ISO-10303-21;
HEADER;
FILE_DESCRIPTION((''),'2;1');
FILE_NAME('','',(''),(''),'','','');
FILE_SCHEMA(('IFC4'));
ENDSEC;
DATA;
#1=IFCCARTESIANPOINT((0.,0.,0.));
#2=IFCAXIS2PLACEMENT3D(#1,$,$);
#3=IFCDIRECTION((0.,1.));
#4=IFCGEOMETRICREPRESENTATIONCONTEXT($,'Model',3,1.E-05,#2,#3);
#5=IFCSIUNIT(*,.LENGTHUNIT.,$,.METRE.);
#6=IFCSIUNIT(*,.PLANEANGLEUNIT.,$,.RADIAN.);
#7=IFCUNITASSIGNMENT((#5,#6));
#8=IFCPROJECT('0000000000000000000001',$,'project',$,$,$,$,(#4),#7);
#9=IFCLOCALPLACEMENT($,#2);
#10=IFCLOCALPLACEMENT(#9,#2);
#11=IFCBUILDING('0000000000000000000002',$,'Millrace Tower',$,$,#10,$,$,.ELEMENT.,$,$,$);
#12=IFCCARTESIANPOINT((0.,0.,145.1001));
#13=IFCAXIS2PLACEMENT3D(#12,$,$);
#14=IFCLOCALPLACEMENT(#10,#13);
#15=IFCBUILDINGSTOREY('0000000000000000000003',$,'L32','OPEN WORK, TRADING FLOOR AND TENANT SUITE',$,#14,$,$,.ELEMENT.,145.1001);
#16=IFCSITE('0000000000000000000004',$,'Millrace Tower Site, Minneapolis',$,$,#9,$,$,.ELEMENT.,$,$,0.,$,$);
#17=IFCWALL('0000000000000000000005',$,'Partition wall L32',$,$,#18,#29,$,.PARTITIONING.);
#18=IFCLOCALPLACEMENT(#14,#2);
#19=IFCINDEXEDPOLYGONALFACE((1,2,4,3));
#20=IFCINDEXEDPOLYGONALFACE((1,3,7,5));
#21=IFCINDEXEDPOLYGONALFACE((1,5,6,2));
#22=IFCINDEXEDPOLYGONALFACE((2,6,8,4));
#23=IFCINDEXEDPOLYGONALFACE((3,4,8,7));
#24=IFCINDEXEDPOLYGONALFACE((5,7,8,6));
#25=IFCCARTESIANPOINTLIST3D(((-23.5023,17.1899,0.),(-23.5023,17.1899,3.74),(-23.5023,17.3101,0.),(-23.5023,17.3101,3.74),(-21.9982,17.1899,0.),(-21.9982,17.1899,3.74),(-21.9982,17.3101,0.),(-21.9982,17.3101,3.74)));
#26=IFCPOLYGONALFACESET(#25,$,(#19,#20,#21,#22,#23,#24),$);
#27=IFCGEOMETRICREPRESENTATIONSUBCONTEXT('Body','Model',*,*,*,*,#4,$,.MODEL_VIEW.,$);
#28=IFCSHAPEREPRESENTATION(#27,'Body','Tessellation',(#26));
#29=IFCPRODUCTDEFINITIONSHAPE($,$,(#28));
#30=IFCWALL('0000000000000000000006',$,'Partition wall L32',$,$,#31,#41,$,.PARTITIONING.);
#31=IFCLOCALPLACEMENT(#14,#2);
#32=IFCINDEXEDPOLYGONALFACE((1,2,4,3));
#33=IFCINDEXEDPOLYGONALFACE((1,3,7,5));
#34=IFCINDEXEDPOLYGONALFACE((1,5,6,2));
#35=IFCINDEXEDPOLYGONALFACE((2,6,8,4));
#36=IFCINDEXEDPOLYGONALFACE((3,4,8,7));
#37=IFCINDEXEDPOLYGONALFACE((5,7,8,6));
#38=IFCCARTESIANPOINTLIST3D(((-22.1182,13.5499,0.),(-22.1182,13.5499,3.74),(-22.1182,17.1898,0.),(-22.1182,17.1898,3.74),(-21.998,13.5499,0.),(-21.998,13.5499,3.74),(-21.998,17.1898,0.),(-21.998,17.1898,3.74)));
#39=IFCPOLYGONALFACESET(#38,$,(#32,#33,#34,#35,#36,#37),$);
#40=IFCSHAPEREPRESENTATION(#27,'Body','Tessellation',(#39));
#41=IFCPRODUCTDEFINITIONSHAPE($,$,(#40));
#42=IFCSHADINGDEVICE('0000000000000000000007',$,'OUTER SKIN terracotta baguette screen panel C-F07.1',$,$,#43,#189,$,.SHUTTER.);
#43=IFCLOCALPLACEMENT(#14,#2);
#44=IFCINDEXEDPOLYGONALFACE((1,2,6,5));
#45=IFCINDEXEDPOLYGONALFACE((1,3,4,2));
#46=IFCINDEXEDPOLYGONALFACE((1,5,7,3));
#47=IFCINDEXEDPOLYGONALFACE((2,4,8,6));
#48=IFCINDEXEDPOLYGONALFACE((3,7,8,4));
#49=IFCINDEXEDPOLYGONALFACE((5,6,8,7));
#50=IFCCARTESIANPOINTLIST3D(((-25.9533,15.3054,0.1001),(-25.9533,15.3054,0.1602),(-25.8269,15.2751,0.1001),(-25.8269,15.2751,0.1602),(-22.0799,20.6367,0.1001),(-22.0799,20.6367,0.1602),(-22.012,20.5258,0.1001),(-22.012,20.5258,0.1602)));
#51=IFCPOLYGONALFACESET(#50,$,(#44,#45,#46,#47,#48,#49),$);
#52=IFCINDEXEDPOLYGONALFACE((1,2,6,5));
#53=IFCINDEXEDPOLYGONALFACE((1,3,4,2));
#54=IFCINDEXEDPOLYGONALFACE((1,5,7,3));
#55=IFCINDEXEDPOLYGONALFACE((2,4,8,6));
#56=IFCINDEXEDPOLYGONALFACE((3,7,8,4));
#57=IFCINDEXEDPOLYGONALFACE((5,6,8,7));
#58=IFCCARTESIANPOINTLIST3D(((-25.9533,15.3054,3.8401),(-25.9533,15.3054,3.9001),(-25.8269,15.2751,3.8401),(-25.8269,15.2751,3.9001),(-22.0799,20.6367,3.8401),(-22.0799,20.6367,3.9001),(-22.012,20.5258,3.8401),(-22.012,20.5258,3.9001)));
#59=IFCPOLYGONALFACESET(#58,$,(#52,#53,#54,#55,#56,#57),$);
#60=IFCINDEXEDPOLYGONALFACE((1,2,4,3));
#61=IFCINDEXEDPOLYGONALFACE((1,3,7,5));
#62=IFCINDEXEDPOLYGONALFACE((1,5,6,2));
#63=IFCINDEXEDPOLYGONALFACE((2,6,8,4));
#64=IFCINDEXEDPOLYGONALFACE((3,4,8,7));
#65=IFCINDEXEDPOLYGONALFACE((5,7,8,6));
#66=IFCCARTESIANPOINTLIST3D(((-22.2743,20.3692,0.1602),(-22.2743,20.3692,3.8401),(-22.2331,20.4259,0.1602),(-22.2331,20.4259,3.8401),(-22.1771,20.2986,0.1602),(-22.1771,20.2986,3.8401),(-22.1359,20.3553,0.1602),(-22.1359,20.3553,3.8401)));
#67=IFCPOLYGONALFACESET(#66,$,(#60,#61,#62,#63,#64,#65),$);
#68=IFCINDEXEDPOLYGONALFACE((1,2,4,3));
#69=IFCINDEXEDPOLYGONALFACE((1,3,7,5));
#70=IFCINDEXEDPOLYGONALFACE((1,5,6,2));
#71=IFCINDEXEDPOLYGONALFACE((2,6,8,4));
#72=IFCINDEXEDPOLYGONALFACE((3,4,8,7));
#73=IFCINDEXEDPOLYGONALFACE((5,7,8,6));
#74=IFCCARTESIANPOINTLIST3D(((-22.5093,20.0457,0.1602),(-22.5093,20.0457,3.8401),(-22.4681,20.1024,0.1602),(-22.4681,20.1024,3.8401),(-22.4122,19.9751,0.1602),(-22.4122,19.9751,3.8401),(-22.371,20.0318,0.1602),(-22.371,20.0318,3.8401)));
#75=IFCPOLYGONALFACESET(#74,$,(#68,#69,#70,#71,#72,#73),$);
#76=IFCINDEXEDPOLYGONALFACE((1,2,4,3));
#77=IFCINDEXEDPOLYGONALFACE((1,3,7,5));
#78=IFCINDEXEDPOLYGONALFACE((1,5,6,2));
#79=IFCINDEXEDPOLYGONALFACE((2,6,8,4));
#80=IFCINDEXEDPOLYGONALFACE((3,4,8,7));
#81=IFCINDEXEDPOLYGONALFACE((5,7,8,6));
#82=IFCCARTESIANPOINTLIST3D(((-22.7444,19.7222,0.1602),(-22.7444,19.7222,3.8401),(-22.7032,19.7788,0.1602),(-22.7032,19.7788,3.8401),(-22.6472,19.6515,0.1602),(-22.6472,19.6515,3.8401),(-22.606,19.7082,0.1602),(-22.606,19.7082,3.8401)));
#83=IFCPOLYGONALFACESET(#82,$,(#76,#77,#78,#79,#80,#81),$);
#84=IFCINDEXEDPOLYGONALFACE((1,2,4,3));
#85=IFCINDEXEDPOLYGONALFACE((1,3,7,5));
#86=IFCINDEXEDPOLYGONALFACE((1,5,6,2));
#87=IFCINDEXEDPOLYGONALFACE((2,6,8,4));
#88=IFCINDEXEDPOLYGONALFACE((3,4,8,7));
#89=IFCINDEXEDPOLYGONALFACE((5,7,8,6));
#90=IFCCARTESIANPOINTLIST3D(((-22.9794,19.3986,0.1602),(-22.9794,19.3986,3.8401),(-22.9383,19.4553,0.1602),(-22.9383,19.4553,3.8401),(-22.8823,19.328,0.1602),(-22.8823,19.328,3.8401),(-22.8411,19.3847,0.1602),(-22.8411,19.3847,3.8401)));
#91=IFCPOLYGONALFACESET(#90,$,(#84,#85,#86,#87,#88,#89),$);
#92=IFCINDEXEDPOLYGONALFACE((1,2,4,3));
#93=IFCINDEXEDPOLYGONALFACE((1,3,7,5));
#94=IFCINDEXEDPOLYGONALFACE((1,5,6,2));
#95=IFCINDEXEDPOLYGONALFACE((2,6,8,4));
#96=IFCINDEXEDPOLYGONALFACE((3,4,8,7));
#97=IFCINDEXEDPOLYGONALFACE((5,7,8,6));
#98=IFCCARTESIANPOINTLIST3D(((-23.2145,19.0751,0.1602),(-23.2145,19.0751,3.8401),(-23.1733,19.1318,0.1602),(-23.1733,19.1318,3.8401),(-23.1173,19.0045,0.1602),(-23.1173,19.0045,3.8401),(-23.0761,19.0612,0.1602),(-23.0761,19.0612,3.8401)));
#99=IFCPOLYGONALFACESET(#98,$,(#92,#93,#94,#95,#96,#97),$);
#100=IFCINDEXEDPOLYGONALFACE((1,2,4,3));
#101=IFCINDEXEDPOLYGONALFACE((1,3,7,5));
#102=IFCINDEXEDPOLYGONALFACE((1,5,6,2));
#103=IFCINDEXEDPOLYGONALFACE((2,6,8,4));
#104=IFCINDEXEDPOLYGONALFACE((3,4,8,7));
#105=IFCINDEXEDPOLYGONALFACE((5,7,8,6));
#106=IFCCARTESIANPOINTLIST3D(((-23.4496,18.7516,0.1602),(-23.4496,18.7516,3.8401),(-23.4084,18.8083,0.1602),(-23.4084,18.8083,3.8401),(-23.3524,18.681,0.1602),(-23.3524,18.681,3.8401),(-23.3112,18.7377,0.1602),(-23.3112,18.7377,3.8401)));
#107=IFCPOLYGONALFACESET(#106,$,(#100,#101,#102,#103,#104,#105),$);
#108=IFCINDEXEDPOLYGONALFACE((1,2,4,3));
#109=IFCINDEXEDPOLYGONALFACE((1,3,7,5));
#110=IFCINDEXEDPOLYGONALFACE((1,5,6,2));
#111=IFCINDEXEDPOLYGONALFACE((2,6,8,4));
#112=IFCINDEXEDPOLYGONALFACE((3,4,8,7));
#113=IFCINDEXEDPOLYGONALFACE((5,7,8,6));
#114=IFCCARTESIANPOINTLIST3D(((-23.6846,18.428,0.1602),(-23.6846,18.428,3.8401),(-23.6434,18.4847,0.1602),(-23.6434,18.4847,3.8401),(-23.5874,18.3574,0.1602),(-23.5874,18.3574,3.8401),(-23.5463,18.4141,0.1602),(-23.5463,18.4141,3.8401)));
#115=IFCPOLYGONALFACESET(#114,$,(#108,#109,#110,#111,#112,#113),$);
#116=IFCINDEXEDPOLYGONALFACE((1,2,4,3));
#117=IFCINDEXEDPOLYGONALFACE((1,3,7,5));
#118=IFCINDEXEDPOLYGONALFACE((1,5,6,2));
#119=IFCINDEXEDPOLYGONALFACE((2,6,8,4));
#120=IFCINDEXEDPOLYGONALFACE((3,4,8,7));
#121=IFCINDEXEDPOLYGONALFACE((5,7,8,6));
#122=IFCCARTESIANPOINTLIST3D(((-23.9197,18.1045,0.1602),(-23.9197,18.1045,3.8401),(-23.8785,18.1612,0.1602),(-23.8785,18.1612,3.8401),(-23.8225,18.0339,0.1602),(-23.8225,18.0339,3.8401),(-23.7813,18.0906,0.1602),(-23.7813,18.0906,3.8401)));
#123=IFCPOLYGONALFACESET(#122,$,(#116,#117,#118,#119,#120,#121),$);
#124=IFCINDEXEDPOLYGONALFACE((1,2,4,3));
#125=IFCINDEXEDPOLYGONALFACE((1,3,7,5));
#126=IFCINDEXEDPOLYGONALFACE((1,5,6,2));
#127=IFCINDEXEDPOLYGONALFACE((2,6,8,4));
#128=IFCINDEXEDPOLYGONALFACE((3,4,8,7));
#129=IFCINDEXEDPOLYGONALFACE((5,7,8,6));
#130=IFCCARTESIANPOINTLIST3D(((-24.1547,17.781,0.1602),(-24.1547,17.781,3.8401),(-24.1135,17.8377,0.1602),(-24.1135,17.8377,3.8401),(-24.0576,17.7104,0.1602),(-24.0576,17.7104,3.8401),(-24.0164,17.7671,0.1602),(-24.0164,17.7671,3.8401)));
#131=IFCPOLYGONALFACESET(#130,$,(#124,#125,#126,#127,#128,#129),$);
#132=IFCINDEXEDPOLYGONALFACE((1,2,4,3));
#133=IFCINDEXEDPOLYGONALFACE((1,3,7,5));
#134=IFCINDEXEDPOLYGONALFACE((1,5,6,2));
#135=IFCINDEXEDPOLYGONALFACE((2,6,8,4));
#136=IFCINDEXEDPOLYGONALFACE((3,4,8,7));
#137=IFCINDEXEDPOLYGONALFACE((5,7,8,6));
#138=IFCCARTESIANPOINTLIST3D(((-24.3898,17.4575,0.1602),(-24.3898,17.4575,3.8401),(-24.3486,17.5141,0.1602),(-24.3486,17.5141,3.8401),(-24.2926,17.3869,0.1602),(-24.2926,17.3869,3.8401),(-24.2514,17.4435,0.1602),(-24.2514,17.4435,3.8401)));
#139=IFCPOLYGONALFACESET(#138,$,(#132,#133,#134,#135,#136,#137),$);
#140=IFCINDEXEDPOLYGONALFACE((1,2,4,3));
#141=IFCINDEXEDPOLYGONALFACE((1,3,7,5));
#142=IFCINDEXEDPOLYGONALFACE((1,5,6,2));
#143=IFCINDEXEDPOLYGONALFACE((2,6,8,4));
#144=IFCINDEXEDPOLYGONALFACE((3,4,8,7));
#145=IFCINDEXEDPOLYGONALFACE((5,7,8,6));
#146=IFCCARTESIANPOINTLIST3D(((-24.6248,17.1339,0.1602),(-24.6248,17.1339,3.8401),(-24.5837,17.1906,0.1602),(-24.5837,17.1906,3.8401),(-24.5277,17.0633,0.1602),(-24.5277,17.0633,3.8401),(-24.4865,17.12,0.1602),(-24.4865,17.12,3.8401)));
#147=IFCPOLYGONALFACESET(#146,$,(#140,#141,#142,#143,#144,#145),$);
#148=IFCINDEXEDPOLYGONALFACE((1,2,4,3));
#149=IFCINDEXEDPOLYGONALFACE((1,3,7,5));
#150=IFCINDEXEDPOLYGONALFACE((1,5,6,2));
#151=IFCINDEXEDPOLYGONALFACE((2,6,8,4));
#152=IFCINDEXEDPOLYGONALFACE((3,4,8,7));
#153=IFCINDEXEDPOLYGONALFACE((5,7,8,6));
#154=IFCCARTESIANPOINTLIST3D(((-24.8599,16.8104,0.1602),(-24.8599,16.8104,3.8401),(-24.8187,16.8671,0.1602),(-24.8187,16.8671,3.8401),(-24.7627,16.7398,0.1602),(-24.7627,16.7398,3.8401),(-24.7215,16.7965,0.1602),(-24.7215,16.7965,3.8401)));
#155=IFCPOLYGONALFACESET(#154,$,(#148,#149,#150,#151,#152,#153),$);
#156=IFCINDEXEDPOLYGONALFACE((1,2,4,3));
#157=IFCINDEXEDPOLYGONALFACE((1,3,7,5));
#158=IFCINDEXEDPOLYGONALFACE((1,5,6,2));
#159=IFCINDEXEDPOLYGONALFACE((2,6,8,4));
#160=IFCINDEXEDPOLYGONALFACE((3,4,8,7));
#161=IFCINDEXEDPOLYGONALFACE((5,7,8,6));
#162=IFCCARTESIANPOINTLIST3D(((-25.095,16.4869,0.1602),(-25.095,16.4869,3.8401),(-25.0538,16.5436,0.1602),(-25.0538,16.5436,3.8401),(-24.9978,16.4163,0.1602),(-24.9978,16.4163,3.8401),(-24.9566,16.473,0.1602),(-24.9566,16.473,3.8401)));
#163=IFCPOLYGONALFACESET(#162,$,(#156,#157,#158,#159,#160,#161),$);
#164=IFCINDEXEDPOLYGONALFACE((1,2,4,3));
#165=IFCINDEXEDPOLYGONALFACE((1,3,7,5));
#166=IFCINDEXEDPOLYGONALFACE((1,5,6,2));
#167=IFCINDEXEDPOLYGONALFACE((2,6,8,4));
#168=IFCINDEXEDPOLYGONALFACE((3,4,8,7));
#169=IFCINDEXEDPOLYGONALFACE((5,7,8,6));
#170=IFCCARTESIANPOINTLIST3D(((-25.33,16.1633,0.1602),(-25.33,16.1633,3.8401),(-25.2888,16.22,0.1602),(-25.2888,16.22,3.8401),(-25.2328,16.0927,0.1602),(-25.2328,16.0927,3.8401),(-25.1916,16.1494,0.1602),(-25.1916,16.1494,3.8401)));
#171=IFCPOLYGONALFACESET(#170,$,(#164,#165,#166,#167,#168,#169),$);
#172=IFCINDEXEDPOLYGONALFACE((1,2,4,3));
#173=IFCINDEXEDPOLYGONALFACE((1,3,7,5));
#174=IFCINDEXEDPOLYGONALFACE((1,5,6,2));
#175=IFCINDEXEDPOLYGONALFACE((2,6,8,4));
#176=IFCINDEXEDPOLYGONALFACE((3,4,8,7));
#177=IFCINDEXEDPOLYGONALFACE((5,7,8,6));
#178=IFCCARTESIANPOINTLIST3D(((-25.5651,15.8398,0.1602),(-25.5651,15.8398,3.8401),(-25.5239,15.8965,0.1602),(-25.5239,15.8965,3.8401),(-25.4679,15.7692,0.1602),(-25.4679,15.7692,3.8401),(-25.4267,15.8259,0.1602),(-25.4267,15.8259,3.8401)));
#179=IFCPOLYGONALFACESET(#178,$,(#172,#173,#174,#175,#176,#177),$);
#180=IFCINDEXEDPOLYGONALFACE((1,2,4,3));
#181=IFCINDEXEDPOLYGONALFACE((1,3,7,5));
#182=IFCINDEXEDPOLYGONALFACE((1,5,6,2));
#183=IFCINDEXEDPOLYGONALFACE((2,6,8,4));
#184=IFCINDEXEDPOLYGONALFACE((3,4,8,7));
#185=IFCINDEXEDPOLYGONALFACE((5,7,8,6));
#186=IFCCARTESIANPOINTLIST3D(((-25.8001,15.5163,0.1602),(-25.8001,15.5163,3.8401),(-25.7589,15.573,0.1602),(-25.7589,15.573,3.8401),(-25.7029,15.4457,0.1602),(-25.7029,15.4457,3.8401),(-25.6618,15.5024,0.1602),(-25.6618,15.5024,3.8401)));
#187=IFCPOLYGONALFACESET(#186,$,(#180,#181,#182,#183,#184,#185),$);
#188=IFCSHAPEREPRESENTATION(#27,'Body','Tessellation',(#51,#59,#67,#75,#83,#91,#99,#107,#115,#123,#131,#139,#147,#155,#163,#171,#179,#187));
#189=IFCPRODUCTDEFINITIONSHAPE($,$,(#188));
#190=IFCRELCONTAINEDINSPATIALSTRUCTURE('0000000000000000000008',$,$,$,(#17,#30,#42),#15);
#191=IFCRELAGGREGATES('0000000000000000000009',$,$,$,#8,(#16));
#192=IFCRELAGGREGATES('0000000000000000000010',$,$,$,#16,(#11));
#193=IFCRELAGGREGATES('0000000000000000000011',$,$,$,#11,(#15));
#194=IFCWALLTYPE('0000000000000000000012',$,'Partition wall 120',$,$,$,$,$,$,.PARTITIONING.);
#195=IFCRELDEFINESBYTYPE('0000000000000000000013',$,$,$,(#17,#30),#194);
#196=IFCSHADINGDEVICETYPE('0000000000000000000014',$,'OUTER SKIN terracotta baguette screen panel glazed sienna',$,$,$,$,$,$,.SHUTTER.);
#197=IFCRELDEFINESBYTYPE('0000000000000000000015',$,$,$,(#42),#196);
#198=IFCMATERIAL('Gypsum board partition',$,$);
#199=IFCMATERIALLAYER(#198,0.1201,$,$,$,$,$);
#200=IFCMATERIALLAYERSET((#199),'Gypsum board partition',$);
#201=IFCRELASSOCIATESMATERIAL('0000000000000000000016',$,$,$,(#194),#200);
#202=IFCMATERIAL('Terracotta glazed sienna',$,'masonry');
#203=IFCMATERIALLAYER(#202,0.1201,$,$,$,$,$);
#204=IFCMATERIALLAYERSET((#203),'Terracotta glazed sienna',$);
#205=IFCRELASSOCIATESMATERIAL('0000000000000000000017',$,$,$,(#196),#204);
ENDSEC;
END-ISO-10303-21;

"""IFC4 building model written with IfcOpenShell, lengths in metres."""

from ifc_helpers import new_model, entity, si_unit, direction, frame, frame_2d, origin, place, context, subcontext, project, spatial, rectangle, extrude, source, transform, mapped, material, layer, layer_set, type_object, element, save


model = new_model("IFC4")

# Units and contexts
model_context = context("Model", 3, precision=1e-05, world=origin(), true_north=direction((0.0, 1.0)))
body_context = subcontext(model_context, "Body", "Model", "MODEL_VIEW")
ifc_project = project(units=[si_unit("LENGTHUNIT", "METRE"), si_unit("PLANEANGLEUNIT", "RADIAN")], contexts=[model_context])

# Site, building, storey
site_placement = place(None, origin())
site = spatial("IfcSite", under=ifc_project, at=site_placement, Name="Millrace Tower Site, Minneapolis", CompositionType="ELEMENT", RefElevation=0.0)
building_placement = place(site_placement, origin())
building = spatial("IfcBuilding", under=site, at=building_placement, Name="Millrace Tower", CompositionType="ELEMENT")
storey_placement = place(building_placement, frame((0.0, 0.0, 145.1001)))
storey = spatial("IfcBuildingStorey", under=building, at=storey_placement, Name="L32", Description="OPEN WORK, TRADING FLOOR AND TENANT SUITE", CompositionType="ELEMENT", Elevation=145.1001)

# Walls
ifc_material_1 = material(Name="Gypsum board partition")
ifc_layer_1 = layer(ifc_material_1, 0.1201)
ifc_layer_set_1 = layer_set([ifc_layer_1], Name="Gypsum board partition")
wall_type_1 = type_object("IfcWallType", Name="Partition wall 120", PredefinedType="PARTITIONING", material=ifc_layer_set_1)
wall_1_placement = place(storey_placement, frame((-23.5022, 17.25, 0.0), z_axis=(0.0, 0.0, 1.0), x_axis=(1.0, 0.0, 0.0)))
element("IfcWall", 1, at=wall_1_placement, inside=storey, type_object=wall_type_1, Name="Partition wall L32", PredefinedType="PARTITIONING", context=body_context, shape_type="SweptSolid", body=[
    extrude(rectangle(XDim=1.5042, YDim=0.1201, at=frame_2d((0.752, 0.0))), origin(), (0.0, 0.0, 1.0), 3.74),
])
wall_2_placement = place(storey_placement, frame((-22.0581, 13.55, 0.0), z_axis=(0.0, 0.0, 1.0), x_axis=(0.0, 1.0, 0.0)))
element("IfcWall", 2, at=wall_2_placement, inside=storey, type_object=wall_type_1, Name="Partition wall L32", PredefinedType="PARTITIONING", context=body_context, shape_type="SweptSolid", body=[
    extrude(rectangle(XDim=3.6399, YDim=0.1201, at=frame_2d((1.8198, 0.0))), origin(), (0.0, 0.0, 1.0), 3.74),
])

# Shading device
ifc_material_2 = material(Name="Terracotta glazed sienna", Category="masonry")
ifc_layer_2 = layer(ifc_material_2, 0.1201)
ifc_layer_set_2 = layer_set([ifc_layer_2], Name="Terracotta glazed sienna")
shading_device_type = type_object("IfcShadingDeviceType", Name="OUTER SKIN terracotta baguette screen panel glazed sienna", PredefinedType="SHUTTER", material=ifc_layer_set_2)
cartesian_point_1 = entity("IfcCartesianPoint", [-3.2451, 0.0601])
shared_polyline_1 = entity("IfcPolyline", [cartesian_point_1, entity("IfcCartesianPoint", [3.2451, 0.0601]), entity("IfcCartesianPoint", [3.2949, -0.0601]), entity("IfcCartesianPoint", [-3.2949, -0.0601]), cartesian_point_1])
shared_shape_1 = source(origin(), body_context, "Body", "SweptSolid", [
    entity("IfcExtrudedAreaSolid", entity("IfcArbitraryClosedProfileDef", "AREA", None, shared_polyline_1), entity("IfcAxis2Placement3D", entity("IfcCartesianPoint", [0.0, 0.0, 0.0])), entity("IfcDirection", [0.0, 0.0, 1.0]), 0.0601),
    entity("IfcExtrudedAreaSolid", entity("IfcArbitraryClosedProfileDef", "AREA", None, shared_polyline_1), entity("IfcAxis2Placement3D", entity("IfcCartesianPoint", [0.0, 0.0, 3.74])), entity("IfcDirection", [0.0, 0.0, 1.0]), 0.0601),
    extrude(rectangle(XDim=0.0701, YDim=0.1201, at=frame_2d((-2.9993, 0.0))), frame((0.0, 0.0, 0.0601)), (0.0, 0.0, 1.0), 3.6799),
    extrude(rectangle(XDim=0.0701, YDim=0.1201, at=frame_2d((-2.5994, 0.0))), frame((0.0, 0.0, 0.0601)), (0.0, 0.0, 1.0), 3.6799),
    extrude(rectangle(XDim=0.0701, YDim=0.1201, at=frame_2d((-2.1995, 0.0))), frame((0.0, 0.0, 0.0601)), (0.0, 0.0, 1.0), 3.6799),
    extrude(rectangle(XDim=0.0701, YDim=0.1201, at=frame_2d((-1.7996, 0.0))), frame((0.0, 0.0, 0.0601)), (0.0, 0.0, 1.0), 3.6799),
    extrude(rectangle(XDim=0.0701, YDim=0.1201, at=frame_2d((-1.3997, 0.0))), frame((0.0, 0.0, 0.0601)), (0.0, 0.0, 1.0), 3.6799),
    extrude(rectangle(XDim=0.0701, YDim=0.1201, at=frame_2d((-0.9998, 0.0))), frame((0.0, 0.0, 0.0601)), (0.0, 0.0, 1.0), 3.6799),
    extrude(rectangle(XDim=0.0701, YDim=0.1201, at=frame_2d((-0.5999, 0.0))), frame((0.0, 0.0, 0.0601)), (0.0, 0.0, 1.0), 3.6799),
    extrude(rectangle(XDim=0.0701, YDim=0.1201, at=frame_2d((-0.2, 0.0))), frame((0.0, 0.0, 0.0601)), (0.0, 0.0, 1.0), 3.6799),
    extrude(rectangle(XDim=0.0701, YDim=0.1201, at=frame_2d((0.2, 0.0))), frame((0.0, 0.0, 0.0601)), (0.0, 0.0, 1.0), 3.6799),
    extrude(rectangle(XDim=0.0701, YDim=0.1201, at=frame_2d((0.5999, 0.0))), frame((0.0, 0.0, 0.0601)), (0.0, 0.0, 1.0), 3.6799),
    extrude(rectangle(XDim=0.0701, YDim=0.1201, at=frame_2d((0.9998, 0.0))), frame((0.0, 0.0, 0.0601)), (0.0, 0.0, 1.0), 3.6799),
    extrude(rectangle(XDim=0.0701, YDim=0.1201, at=frame_2d((1.3997, 0.0))), frame((0.0, 0.0, 0.0601)), (0.0, 0.0, 1.0), 3.6799),
    extrude(rectangle(XDim=0.0701, YDim=0.1201, at=frame_2d((1.7996, 0.0))), frame((0.0, 0.0, 0.0601)), (0.0, 0.0, 1.0), 3.6799),
    extrude(rectangle(XDim=0.0701, YDim=0.1201, at=frame_2d((2.1995, 0.0))), frame((0.0, 0.0, 0.0601)), (0.0, 0.0, 1.0), 3.6799),
    extrude(rectangle(XDim=0.0701, YDim=0.1201, at=frame_2d((2.5994, 0.0))), frame((0.0, 0.0, 0.0601)), (0.0, 0.0, 1.0), 3.6799),
    extrude(rectangle(XDim=0.0701, YDim=0.1201, at=frame_2d((2.9993, 0.0))), frame((0.0, 0.0, 0.0601)), (0.0, 0.0, 1.0), 3.6799),
])
shading_device_1_placement = place(storey_placement, frame((-23.968, 17.9358, 0.1001), z_axis=(0.0, 0.0, 1.0), x_axis=(-0.587785, -0.809017, 0.0)))
element("IfcShadingDevice", 3, at=shading_device_1_placement, inside=storey, type_object=shading_device_type, Name="OUTER SKIN terracotta baguette screen panel C-F07.1", PredefinedType="SHUTTER", context=body_context, shape_type="MappedRepresentation", body=[
    mapped(shared_shape_1, transform((0.0, 0.0, 0.0), scale=1.0)),
])

save(model, "model.ifc")
